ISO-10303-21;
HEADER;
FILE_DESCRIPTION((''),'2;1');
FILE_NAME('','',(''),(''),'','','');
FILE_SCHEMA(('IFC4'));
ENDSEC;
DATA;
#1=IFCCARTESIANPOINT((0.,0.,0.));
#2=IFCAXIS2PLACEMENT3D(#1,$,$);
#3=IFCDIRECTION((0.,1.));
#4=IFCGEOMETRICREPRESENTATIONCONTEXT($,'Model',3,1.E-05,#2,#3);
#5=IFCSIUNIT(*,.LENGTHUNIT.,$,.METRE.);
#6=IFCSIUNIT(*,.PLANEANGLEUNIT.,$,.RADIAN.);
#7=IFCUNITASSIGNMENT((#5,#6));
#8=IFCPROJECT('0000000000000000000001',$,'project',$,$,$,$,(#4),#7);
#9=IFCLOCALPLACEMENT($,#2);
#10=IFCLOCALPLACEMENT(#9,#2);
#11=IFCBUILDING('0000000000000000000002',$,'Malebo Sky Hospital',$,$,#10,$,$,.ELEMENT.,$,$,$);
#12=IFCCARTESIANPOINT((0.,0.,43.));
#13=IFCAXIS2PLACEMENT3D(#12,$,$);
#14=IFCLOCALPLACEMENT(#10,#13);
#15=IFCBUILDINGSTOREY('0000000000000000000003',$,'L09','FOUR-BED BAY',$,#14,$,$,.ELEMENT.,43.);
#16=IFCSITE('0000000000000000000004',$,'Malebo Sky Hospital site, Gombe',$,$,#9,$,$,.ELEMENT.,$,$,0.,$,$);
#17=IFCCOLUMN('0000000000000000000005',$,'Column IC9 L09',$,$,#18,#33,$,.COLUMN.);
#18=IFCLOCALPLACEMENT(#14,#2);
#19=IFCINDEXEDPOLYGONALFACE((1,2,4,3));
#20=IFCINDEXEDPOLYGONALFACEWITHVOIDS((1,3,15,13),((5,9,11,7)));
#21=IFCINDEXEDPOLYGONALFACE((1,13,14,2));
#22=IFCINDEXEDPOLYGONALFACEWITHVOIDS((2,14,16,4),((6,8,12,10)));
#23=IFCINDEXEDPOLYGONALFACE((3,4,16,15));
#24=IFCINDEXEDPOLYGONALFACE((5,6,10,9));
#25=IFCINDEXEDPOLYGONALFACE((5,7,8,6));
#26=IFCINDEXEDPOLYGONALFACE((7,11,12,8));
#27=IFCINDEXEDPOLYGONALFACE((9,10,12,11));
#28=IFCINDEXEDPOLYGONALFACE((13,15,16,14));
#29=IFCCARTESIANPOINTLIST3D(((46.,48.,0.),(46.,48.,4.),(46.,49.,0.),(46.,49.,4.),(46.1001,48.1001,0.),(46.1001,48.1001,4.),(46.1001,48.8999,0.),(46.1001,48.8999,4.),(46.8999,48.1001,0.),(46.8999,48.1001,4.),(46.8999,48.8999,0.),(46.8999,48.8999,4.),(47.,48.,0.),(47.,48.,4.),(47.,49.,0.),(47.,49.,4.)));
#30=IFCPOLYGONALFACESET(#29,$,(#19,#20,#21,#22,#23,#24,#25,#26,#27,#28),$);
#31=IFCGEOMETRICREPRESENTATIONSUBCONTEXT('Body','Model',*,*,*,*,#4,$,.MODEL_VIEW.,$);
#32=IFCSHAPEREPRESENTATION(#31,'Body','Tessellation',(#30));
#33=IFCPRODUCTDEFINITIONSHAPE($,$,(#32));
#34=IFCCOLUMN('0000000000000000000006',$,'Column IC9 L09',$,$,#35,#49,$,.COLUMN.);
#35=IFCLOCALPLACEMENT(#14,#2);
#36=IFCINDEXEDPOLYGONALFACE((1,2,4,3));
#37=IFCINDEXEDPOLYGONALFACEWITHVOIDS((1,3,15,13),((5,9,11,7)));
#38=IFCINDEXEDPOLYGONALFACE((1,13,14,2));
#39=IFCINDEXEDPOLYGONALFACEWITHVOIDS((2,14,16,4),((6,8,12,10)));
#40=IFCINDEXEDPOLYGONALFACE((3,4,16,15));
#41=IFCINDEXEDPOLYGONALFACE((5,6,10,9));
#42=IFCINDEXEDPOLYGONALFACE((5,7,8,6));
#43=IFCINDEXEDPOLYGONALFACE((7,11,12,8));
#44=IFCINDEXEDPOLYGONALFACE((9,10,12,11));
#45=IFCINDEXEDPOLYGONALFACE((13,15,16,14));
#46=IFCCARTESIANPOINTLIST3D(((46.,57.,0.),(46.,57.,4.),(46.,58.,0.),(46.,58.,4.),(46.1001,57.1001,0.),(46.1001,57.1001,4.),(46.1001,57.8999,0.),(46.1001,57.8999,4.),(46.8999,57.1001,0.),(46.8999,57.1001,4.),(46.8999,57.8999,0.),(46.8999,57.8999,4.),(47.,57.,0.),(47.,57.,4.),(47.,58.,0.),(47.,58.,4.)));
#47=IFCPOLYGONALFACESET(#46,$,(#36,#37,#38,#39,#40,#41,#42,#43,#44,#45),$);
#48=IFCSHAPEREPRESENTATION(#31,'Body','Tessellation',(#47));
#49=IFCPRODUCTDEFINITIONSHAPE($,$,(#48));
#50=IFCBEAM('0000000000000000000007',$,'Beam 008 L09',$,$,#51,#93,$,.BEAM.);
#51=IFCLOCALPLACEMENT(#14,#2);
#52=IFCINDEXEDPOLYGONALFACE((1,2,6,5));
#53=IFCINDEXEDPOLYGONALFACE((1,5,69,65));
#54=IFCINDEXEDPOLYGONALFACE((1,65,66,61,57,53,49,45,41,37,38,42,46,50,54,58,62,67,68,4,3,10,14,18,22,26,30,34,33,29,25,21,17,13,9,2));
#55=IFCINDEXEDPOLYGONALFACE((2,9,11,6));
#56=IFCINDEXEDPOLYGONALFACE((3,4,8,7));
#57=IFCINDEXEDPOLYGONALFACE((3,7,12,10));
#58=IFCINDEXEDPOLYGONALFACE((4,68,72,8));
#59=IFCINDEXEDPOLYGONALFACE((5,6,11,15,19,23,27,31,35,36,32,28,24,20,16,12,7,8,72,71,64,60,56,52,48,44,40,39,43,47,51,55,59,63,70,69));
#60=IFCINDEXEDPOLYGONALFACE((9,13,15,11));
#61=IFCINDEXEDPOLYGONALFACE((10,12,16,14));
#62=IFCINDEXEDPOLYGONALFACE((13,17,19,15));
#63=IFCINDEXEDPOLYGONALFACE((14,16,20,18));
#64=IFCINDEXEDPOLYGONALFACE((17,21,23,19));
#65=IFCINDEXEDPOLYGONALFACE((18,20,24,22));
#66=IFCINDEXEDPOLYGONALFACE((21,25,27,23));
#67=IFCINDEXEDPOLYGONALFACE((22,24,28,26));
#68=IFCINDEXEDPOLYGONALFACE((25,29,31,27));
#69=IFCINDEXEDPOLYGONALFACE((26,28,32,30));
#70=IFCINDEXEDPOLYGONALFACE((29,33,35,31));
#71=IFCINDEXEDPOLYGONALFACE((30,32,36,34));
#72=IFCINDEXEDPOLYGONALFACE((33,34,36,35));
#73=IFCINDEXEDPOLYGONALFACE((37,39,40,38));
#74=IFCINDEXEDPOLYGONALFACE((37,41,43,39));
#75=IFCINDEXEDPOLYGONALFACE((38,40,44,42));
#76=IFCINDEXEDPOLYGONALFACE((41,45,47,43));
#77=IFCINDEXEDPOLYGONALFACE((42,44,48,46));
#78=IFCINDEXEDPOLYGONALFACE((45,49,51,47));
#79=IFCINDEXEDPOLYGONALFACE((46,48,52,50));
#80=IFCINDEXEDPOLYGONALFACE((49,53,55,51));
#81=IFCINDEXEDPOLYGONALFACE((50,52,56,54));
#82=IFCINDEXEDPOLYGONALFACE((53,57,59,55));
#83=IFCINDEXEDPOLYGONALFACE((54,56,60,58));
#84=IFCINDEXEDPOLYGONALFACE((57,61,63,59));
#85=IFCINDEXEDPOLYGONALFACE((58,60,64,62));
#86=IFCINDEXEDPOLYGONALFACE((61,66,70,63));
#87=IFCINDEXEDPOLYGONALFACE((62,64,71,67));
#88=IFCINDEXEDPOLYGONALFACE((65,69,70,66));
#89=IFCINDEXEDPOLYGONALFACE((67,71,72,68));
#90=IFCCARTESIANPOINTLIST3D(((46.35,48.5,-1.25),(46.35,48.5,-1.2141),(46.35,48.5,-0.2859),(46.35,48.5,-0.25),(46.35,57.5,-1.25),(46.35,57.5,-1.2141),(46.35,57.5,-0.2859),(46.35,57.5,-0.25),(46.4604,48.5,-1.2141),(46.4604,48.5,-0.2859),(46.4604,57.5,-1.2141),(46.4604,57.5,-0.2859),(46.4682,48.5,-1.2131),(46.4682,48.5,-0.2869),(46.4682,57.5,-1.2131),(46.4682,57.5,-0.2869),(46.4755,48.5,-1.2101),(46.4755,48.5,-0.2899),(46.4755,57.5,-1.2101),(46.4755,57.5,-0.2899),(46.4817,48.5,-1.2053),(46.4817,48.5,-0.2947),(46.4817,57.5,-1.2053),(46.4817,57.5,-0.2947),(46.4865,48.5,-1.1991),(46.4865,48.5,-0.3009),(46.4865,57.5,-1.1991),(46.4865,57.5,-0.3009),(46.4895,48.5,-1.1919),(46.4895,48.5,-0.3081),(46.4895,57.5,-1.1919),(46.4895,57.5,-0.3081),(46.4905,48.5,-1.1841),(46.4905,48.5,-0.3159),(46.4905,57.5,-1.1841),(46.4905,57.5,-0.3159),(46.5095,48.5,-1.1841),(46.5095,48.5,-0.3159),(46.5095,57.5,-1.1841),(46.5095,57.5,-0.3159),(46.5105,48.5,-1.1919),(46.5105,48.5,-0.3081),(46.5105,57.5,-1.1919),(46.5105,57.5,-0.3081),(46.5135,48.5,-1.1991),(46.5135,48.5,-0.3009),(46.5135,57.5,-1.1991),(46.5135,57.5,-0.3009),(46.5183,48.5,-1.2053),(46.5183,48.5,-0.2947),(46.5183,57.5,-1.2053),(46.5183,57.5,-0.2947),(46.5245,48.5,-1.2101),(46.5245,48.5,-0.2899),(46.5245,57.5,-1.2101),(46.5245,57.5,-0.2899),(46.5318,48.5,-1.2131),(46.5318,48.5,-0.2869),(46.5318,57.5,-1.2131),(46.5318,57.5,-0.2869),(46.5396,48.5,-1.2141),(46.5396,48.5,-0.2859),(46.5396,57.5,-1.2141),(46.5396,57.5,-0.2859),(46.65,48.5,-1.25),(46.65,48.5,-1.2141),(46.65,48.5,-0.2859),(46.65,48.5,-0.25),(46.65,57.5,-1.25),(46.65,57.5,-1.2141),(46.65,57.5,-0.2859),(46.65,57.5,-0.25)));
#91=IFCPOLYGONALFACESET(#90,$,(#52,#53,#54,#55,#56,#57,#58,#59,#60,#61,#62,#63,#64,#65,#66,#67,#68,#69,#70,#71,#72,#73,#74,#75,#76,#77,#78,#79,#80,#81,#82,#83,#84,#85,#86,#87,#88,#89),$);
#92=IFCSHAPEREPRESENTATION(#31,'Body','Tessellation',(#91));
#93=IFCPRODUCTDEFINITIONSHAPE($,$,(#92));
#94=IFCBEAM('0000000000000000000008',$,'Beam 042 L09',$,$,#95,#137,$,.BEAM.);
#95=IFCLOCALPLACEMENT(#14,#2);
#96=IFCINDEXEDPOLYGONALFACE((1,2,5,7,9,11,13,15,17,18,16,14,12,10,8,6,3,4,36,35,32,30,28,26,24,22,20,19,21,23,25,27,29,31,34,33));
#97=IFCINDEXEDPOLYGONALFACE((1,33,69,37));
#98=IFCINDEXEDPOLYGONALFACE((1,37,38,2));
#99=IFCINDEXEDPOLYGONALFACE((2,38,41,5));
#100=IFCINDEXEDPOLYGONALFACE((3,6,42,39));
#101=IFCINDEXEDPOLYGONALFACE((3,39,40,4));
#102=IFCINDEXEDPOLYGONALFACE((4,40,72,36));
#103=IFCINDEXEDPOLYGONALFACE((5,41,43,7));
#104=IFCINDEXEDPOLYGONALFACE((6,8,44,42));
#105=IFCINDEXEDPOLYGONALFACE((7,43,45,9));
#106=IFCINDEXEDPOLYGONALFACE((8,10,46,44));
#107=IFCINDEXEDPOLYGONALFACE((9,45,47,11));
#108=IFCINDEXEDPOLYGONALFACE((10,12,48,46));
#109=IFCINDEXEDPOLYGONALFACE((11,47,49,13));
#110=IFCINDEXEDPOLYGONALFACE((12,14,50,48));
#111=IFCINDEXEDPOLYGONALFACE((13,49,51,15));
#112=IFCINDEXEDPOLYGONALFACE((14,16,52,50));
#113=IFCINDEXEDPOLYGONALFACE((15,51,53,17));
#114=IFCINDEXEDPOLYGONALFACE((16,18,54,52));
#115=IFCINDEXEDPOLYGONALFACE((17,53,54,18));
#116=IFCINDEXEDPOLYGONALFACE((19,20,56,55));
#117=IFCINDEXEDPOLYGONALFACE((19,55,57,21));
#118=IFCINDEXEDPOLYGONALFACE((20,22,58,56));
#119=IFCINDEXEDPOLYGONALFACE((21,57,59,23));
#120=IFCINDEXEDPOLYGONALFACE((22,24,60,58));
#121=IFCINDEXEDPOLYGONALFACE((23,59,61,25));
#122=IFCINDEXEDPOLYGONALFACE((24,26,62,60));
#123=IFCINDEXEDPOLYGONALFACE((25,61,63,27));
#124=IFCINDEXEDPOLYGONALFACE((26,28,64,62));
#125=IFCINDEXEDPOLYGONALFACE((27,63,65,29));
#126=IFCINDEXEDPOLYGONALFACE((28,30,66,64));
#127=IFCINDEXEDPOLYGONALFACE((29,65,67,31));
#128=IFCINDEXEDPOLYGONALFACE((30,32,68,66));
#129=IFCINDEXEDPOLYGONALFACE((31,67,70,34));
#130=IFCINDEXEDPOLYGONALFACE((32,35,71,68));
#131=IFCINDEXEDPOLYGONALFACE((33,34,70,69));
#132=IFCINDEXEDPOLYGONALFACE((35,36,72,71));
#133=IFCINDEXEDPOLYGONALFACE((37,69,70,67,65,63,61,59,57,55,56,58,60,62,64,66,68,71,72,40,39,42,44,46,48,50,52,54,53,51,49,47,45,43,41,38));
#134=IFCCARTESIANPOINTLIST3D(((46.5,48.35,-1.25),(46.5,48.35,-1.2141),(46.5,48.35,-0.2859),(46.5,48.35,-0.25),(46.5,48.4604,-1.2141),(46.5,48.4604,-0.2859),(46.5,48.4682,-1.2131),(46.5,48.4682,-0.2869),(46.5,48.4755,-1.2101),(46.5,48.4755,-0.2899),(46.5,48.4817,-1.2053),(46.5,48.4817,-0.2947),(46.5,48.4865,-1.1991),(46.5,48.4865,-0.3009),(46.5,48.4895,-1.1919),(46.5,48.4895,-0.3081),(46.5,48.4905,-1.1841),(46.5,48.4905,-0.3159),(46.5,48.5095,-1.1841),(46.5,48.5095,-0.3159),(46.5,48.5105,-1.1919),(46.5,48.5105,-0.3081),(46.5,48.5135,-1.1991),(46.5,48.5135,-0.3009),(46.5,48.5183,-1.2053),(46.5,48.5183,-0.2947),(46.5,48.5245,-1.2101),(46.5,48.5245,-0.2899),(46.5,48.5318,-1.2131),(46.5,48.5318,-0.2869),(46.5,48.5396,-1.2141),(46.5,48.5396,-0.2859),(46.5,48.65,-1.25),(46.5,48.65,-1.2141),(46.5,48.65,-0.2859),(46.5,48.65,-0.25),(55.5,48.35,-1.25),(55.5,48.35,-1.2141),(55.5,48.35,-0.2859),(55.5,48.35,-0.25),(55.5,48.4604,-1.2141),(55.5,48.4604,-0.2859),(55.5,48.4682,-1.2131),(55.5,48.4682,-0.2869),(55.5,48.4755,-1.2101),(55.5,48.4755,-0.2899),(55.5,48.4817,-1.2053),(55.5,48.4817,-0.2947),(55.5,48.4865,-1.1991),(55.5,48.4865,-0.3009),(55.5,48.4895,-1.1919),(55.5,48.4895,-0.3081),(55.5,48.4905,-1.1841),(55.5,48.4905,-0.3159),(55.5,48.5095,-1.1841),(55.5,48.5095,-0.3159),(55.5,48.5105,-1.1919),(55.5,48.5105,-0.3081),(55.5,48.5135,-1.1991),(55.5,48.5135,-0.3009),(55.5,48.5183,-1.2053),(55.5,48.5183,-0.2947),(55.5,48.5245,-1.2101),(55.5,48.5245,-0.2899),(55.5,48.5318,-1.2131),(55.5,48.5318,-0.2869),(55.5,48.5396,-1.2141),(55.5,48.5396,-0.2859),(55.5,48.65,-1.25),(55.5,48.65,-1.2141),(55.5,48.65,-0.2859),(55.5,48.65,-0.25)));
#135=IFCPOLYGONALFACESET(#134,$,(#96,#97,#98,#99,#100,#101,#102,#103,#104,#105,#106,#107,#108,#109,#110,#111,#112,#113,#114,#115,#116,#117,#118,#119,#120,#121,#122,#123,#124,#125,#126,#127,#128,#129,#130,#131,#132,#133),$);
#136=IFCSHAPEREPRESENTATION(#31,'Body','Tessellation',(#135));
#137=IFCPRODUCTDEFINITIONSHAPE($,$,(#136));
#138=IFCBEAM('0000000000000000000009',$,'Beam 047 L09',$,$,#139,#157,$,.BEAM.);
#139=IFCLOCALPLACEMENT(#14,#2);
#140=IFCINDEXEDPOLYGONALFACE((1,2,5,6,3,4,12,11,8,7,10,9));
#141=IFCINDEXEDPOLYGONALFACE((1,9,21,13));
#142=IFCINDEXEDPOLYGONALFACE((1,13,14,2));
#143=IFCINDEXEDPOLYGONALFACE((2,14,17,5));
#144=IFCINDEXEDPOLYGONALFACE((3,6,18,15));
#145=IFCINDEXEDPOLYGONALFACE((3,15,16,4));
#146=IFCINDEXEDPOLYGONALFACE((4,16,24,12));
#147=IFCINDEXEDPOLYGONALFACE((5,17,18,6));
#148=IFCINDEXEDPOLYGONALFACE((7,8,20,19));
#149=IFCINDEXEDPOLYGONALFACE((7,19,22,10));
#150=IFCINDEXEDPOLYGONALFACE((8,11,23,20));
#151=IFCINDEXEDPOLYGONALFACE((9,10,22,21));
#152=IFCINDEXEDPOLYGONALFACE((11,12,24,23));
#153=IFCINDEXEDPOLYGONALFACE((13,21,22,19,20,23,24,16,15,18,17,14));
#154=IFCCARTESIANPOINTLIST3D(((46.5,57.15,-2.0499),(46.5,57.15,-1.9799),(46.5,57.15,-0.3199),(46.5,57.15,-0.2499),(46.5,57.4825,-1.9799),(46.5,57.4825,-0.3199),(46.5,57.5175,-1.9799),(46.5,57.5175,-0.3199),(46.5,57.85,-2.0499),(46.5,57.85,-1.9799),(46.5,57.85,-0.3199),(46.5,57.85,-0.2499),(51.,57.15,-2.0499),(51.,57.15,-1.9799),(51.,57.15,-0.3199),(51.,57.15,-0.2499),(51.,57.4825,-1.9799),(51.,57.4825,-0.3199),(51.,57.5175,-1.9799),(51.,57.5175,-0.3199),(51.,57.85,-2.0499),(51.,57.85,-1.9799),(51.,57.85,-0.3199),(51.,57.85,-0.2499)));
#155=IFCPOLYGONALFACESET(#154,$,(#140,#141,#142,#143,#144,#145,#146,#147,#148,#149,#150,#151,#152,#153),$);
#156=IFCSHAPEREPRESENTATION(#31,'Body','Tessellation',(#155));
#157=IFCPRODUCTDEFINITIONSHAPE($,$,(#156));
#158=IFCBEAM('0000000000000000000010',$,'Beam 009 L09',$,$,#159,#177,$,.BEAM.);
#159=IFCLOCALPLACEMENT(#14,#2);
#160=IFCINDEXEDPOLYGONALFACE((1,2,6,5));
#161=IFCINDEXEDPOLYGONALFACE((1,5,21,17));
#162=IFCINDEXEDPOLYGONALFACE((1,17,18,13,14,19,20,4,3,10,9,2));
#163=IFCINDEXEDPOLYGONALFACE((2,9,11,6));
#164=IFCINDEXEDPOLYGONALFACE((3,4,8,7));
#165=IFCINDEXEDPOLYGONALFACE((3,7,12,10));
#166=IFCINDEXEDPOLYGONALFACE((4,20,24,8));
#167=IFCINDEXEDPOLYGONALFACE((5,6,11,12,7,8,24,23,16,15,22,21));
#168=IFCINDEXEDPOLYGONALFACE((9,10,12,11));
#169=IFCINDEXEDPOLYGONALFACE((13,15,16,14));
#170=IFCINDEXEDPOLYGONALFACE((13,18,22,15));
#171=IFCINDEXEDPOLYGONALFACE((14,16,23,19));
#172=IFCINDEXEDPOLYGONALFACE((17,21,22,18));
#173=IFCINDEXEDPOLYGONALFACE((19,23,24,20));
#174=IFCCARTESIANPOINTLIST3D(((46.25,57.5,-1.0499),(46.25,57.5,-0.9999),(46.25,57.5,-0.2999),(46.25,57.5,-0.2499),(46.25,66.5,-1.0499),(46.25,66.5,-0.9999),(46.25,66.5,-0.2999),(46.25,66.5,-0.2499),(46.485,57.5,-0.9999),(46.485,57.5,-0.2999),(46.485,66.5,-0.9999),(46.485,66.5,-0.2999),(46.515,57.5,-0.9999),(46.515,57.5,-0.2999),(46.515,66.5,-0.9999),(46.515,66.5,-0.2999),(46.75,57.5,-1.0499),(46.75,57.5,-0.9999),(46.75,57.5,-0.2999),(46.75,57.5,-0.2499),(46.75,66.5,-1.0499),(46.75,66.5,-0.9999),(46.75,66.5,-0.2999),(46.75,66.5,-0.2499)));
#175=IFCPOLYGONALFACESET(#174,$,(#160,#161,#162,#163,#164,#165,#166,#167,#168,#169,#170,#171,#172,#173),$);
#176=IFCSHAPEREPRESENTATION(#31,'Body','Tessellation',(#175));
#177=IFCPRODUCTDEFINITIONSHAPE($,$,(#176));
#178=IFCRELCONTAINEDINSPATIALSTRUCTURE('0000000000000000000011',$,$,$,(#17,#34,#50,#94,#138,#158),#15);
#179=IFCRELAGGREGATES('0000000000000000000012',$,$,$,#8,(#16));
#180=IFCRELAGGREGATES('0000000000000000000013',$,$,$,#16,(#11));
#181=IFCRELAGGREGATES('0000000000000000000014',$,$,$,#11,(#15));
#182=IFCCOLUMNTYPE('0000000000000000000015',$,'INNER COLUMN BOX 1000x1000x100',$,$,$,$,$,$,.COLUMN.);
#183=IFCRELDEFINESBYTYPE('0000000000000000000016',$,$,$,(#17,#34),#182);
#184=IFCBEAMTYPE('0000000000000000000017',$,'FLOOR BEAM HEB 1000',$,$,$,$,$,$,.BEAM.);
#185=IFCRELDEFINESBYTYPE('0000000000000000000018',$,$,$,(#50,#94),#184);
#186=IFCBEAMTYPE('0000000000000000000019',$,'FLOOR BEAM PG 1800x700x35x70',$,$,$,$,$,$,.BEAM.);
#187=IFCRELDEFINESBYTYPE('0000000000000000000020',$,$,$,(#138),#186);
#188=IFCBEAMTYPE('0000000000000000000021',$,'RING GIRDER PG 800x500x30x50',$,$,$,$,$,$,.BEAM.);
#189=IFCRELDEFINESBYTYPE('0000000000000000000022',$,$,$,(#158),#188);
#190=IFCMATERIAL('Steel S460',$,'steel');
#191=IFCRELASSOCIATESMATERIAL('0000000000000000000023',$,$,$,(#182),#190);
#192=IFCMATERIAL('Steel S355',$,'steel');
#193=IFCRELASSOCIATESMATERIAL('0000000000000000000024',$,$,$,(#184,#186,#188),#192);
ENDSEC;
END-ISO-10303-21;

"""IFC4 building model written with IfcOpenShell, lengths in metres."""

from ifc_helpers import new_model, si_unit, direction, frame, origin, origin_2d, place, context, subcontext, project, spatial, hollow_rectangle, i_section, extrude, material, material_profile, profile_set, type_object, element, save


model = new_model("IFC4")

# Units and contexts
model_context = context("Model", 3, precision=1e-05, world=origin(), true_north=direction((0.0, 1.0)))
body_context = subcontext(model_context, "Body", "Model", "MODEL_VIEW")
ifc_project = project(units=[si_unit("LENGTHUNIT", "METRE"), si_unit("PLANEANGLEUNIT", "RADIAN")], contexts=[model_context])

# Site, building, storey
site_placement = place(None, origin())
site = spatial("IfcSite", under=ifc_project, at=site_placement, Name="Malebo Sky Hospital site, Gombe", CompositionType="ELEMENT", RefElevation=0.0)
building_placement = place(site_placement, origin())
building = spatial("IfcBuilding", under=site, at=building_placement, Name="Malebo Sky Hospital", CompositionType="ELEMENT")
storey_placement = place(building_placement, frame((0.0, 0.0, 43.0)))
storey = spatial("IfcBuildingStorey", under=building, at=storey_placement, Name="L09", Description="FOUR-BED BAY", CompositionType="ELEMENT", Elevation=43.0)

# Columns
ifc_material_1 = material(Name="Steel S460", Category="steel")
ifc_material_profile_1 = material_profile(ifc_material_1, hollow_rectangle(XDim=1.0, YDim=1.0, WallThickness=0.1001, at=origin_2d()), Name="BOX 1000x1000x100")
ifc_profile_set_1 = profile_set([ifc_material_profile_1], Name="Steel S460")
column_type = type_object("IfcColumnType", Name="INNER COLUMN BOX 1000x1000x100", PredefinedType="COLUMN", material=ifc_profile_set_1)
for number, where, z_axis, x_axis, name in (
    (1, (46.5, 48.5, 0.0), (0.0, 0.0, 1.0), (1.0, 0.0, 0.0), "Column IC9 L09"),
    (2, (46.5, 57.5, 0.0), (0.0, 0.0, 1.0), (1.0, 0.0, 0.0), "Column IC9 L09"),
):
    element("IfcColumn", number, at=place(storey_placement, frame(where, z_axis=z_axis, x_axis=x_axis)), inside=storey, type_object=column_type, Name=name, PredefinedType="COLUMN", context=body_context, shape_type="SweptSolid", body=[
        extrude(hollow_rectangle(XDim=1.0, YDim=1.0, WallThickness=0.1001, at=origin_2d()), origin(), (0.0, 0.0, 1.0), 4.0),
    ])

# Beams
ifc_material_2 = material(Name="Steel S355", Category="steel")
ifc_material_profile_2 = material_profile(ifc_material_2, i_section(OverallWidth=0.3, OverallDepth=1.0, WebThickness=0.019, FlangeThickness=0.0359, FilletRadius=0.03, at=origin_2d()), Name="HEB 1000")
ifc_profile_set_2 = profile_set([ifc_material_profile_2], Name="Steel S355")
beam_type_1 = type_object("IfcBeamType", Name="FLOOR BEAM HEB 1000", PredefinedType="BEAM", material=ifc_profile_set_2)
for number, where, z_axis, x_axis, name in (
    (3, (46.5, 48.5, -0.75), (0.0, 1.0, 0.0), (-1.0, 0.0, 0.0), "Beam 008 L09"),
    (4, (46.5, 48.5, -0.75), (1.0, 0.0, 0.0), (0.0, 1.0, 0.0), "Beam 042 L09"),
):
    element("IfcBeam", number, at=place(storey_placement, frame(where, z_axis=z_axis, x_axis=x_axis)), inside=storey, type_object=beam_type_1, Name=name, PredefinedType="BEAM", context=body_context, shape_type="SweptSolid", body=[
        extrude(i_section(OverallWidth=0.3, OverallDepth=1.0, WebThickness=0.019, FlangeThickness=0.0359, FilletRadius=0.03, at=origin_2d()), origin(), (0.0, 0.0, 1.0), 9.0),
    ])
ifc_material_profile_3 = material_profile(ifc_material_2, i_section(OverallWidth=0.7, OverallDepth=1.8, WebThickness=0.0349, FlangeThickness=0.0701, at=origin_2d()), Name="PG 1800x700x35x70")
ifc_profile_set_3 = profile_set([ifc_material_profile_3], Name="Steel S355")
beam_type_2 = type_object("IfcBeamType", Name="FLOOR BEAM PG 1800x700x35x70", PredefinedType="BEAM", material=ifc_profile_set_3)
beam_1_placement = place(storey_placement, frame((46.5, 57.5, -1.1499), z_axis=(1.0, 0.0, 0.0), x_axis=(0.0, 1.0, 0.0)))
element("IfcBeam", 5, at=beam_1_placement, inside=storey, type_object=beam_type_2, Name="Beam 047 L09", PredefinedType="BEAM", context=body_context, shape_type="SweptSolid", body=[
    extrude(i_section(OverallWidth=0.7, OverallDepth=1.8, WebThickness=0.0349, FlangeThickness=0.0701, at=origin_2d()), origin(), (0.0, 0.0, 1.0), 4.5),
])
ifc_material_profile_4 = material_profile(ifc_material_2, i_section(OverallWidth=0.5, OverallDepth=0.8, WebThickness=0.03, FlangeThickness=0.05, at=origin_2d()), Name="PG 800x500x30x50")
ifc_profile_set_4 = profile_set([ifc_material_profile_4], Name="Steel S355")
beam_type_3 = type_object("IfcBeamType", Name="RING GIRDER PG 800x500x30x50", PredefinedType="BEAM", material=ifc_profile_set_4)
beam_2_placement = place(storey_placement, frame((46.5, 57.5, -0.6499), z_axis=(0.0, 1.0, 0.0), x_axis=(-1.0, 0.0, 0.0)))
element("IfcBeam", 6, at=beam_2_placement, inside=storey, type_object=beam_type_3, Name="Beam 009 L09", PredefinedType="BEAM", context=body_context, shape_type="SweptSolid", body=[
    extrude(i_section(OverallWidth=0.5, OverallDepth=0.8, WebThickness=0.03, FlangeThickness=0.05, at=origin_2d()), origin(), (0.0, 0.0, 1.0), 9.0),
])

save(model, "model.ifc")
